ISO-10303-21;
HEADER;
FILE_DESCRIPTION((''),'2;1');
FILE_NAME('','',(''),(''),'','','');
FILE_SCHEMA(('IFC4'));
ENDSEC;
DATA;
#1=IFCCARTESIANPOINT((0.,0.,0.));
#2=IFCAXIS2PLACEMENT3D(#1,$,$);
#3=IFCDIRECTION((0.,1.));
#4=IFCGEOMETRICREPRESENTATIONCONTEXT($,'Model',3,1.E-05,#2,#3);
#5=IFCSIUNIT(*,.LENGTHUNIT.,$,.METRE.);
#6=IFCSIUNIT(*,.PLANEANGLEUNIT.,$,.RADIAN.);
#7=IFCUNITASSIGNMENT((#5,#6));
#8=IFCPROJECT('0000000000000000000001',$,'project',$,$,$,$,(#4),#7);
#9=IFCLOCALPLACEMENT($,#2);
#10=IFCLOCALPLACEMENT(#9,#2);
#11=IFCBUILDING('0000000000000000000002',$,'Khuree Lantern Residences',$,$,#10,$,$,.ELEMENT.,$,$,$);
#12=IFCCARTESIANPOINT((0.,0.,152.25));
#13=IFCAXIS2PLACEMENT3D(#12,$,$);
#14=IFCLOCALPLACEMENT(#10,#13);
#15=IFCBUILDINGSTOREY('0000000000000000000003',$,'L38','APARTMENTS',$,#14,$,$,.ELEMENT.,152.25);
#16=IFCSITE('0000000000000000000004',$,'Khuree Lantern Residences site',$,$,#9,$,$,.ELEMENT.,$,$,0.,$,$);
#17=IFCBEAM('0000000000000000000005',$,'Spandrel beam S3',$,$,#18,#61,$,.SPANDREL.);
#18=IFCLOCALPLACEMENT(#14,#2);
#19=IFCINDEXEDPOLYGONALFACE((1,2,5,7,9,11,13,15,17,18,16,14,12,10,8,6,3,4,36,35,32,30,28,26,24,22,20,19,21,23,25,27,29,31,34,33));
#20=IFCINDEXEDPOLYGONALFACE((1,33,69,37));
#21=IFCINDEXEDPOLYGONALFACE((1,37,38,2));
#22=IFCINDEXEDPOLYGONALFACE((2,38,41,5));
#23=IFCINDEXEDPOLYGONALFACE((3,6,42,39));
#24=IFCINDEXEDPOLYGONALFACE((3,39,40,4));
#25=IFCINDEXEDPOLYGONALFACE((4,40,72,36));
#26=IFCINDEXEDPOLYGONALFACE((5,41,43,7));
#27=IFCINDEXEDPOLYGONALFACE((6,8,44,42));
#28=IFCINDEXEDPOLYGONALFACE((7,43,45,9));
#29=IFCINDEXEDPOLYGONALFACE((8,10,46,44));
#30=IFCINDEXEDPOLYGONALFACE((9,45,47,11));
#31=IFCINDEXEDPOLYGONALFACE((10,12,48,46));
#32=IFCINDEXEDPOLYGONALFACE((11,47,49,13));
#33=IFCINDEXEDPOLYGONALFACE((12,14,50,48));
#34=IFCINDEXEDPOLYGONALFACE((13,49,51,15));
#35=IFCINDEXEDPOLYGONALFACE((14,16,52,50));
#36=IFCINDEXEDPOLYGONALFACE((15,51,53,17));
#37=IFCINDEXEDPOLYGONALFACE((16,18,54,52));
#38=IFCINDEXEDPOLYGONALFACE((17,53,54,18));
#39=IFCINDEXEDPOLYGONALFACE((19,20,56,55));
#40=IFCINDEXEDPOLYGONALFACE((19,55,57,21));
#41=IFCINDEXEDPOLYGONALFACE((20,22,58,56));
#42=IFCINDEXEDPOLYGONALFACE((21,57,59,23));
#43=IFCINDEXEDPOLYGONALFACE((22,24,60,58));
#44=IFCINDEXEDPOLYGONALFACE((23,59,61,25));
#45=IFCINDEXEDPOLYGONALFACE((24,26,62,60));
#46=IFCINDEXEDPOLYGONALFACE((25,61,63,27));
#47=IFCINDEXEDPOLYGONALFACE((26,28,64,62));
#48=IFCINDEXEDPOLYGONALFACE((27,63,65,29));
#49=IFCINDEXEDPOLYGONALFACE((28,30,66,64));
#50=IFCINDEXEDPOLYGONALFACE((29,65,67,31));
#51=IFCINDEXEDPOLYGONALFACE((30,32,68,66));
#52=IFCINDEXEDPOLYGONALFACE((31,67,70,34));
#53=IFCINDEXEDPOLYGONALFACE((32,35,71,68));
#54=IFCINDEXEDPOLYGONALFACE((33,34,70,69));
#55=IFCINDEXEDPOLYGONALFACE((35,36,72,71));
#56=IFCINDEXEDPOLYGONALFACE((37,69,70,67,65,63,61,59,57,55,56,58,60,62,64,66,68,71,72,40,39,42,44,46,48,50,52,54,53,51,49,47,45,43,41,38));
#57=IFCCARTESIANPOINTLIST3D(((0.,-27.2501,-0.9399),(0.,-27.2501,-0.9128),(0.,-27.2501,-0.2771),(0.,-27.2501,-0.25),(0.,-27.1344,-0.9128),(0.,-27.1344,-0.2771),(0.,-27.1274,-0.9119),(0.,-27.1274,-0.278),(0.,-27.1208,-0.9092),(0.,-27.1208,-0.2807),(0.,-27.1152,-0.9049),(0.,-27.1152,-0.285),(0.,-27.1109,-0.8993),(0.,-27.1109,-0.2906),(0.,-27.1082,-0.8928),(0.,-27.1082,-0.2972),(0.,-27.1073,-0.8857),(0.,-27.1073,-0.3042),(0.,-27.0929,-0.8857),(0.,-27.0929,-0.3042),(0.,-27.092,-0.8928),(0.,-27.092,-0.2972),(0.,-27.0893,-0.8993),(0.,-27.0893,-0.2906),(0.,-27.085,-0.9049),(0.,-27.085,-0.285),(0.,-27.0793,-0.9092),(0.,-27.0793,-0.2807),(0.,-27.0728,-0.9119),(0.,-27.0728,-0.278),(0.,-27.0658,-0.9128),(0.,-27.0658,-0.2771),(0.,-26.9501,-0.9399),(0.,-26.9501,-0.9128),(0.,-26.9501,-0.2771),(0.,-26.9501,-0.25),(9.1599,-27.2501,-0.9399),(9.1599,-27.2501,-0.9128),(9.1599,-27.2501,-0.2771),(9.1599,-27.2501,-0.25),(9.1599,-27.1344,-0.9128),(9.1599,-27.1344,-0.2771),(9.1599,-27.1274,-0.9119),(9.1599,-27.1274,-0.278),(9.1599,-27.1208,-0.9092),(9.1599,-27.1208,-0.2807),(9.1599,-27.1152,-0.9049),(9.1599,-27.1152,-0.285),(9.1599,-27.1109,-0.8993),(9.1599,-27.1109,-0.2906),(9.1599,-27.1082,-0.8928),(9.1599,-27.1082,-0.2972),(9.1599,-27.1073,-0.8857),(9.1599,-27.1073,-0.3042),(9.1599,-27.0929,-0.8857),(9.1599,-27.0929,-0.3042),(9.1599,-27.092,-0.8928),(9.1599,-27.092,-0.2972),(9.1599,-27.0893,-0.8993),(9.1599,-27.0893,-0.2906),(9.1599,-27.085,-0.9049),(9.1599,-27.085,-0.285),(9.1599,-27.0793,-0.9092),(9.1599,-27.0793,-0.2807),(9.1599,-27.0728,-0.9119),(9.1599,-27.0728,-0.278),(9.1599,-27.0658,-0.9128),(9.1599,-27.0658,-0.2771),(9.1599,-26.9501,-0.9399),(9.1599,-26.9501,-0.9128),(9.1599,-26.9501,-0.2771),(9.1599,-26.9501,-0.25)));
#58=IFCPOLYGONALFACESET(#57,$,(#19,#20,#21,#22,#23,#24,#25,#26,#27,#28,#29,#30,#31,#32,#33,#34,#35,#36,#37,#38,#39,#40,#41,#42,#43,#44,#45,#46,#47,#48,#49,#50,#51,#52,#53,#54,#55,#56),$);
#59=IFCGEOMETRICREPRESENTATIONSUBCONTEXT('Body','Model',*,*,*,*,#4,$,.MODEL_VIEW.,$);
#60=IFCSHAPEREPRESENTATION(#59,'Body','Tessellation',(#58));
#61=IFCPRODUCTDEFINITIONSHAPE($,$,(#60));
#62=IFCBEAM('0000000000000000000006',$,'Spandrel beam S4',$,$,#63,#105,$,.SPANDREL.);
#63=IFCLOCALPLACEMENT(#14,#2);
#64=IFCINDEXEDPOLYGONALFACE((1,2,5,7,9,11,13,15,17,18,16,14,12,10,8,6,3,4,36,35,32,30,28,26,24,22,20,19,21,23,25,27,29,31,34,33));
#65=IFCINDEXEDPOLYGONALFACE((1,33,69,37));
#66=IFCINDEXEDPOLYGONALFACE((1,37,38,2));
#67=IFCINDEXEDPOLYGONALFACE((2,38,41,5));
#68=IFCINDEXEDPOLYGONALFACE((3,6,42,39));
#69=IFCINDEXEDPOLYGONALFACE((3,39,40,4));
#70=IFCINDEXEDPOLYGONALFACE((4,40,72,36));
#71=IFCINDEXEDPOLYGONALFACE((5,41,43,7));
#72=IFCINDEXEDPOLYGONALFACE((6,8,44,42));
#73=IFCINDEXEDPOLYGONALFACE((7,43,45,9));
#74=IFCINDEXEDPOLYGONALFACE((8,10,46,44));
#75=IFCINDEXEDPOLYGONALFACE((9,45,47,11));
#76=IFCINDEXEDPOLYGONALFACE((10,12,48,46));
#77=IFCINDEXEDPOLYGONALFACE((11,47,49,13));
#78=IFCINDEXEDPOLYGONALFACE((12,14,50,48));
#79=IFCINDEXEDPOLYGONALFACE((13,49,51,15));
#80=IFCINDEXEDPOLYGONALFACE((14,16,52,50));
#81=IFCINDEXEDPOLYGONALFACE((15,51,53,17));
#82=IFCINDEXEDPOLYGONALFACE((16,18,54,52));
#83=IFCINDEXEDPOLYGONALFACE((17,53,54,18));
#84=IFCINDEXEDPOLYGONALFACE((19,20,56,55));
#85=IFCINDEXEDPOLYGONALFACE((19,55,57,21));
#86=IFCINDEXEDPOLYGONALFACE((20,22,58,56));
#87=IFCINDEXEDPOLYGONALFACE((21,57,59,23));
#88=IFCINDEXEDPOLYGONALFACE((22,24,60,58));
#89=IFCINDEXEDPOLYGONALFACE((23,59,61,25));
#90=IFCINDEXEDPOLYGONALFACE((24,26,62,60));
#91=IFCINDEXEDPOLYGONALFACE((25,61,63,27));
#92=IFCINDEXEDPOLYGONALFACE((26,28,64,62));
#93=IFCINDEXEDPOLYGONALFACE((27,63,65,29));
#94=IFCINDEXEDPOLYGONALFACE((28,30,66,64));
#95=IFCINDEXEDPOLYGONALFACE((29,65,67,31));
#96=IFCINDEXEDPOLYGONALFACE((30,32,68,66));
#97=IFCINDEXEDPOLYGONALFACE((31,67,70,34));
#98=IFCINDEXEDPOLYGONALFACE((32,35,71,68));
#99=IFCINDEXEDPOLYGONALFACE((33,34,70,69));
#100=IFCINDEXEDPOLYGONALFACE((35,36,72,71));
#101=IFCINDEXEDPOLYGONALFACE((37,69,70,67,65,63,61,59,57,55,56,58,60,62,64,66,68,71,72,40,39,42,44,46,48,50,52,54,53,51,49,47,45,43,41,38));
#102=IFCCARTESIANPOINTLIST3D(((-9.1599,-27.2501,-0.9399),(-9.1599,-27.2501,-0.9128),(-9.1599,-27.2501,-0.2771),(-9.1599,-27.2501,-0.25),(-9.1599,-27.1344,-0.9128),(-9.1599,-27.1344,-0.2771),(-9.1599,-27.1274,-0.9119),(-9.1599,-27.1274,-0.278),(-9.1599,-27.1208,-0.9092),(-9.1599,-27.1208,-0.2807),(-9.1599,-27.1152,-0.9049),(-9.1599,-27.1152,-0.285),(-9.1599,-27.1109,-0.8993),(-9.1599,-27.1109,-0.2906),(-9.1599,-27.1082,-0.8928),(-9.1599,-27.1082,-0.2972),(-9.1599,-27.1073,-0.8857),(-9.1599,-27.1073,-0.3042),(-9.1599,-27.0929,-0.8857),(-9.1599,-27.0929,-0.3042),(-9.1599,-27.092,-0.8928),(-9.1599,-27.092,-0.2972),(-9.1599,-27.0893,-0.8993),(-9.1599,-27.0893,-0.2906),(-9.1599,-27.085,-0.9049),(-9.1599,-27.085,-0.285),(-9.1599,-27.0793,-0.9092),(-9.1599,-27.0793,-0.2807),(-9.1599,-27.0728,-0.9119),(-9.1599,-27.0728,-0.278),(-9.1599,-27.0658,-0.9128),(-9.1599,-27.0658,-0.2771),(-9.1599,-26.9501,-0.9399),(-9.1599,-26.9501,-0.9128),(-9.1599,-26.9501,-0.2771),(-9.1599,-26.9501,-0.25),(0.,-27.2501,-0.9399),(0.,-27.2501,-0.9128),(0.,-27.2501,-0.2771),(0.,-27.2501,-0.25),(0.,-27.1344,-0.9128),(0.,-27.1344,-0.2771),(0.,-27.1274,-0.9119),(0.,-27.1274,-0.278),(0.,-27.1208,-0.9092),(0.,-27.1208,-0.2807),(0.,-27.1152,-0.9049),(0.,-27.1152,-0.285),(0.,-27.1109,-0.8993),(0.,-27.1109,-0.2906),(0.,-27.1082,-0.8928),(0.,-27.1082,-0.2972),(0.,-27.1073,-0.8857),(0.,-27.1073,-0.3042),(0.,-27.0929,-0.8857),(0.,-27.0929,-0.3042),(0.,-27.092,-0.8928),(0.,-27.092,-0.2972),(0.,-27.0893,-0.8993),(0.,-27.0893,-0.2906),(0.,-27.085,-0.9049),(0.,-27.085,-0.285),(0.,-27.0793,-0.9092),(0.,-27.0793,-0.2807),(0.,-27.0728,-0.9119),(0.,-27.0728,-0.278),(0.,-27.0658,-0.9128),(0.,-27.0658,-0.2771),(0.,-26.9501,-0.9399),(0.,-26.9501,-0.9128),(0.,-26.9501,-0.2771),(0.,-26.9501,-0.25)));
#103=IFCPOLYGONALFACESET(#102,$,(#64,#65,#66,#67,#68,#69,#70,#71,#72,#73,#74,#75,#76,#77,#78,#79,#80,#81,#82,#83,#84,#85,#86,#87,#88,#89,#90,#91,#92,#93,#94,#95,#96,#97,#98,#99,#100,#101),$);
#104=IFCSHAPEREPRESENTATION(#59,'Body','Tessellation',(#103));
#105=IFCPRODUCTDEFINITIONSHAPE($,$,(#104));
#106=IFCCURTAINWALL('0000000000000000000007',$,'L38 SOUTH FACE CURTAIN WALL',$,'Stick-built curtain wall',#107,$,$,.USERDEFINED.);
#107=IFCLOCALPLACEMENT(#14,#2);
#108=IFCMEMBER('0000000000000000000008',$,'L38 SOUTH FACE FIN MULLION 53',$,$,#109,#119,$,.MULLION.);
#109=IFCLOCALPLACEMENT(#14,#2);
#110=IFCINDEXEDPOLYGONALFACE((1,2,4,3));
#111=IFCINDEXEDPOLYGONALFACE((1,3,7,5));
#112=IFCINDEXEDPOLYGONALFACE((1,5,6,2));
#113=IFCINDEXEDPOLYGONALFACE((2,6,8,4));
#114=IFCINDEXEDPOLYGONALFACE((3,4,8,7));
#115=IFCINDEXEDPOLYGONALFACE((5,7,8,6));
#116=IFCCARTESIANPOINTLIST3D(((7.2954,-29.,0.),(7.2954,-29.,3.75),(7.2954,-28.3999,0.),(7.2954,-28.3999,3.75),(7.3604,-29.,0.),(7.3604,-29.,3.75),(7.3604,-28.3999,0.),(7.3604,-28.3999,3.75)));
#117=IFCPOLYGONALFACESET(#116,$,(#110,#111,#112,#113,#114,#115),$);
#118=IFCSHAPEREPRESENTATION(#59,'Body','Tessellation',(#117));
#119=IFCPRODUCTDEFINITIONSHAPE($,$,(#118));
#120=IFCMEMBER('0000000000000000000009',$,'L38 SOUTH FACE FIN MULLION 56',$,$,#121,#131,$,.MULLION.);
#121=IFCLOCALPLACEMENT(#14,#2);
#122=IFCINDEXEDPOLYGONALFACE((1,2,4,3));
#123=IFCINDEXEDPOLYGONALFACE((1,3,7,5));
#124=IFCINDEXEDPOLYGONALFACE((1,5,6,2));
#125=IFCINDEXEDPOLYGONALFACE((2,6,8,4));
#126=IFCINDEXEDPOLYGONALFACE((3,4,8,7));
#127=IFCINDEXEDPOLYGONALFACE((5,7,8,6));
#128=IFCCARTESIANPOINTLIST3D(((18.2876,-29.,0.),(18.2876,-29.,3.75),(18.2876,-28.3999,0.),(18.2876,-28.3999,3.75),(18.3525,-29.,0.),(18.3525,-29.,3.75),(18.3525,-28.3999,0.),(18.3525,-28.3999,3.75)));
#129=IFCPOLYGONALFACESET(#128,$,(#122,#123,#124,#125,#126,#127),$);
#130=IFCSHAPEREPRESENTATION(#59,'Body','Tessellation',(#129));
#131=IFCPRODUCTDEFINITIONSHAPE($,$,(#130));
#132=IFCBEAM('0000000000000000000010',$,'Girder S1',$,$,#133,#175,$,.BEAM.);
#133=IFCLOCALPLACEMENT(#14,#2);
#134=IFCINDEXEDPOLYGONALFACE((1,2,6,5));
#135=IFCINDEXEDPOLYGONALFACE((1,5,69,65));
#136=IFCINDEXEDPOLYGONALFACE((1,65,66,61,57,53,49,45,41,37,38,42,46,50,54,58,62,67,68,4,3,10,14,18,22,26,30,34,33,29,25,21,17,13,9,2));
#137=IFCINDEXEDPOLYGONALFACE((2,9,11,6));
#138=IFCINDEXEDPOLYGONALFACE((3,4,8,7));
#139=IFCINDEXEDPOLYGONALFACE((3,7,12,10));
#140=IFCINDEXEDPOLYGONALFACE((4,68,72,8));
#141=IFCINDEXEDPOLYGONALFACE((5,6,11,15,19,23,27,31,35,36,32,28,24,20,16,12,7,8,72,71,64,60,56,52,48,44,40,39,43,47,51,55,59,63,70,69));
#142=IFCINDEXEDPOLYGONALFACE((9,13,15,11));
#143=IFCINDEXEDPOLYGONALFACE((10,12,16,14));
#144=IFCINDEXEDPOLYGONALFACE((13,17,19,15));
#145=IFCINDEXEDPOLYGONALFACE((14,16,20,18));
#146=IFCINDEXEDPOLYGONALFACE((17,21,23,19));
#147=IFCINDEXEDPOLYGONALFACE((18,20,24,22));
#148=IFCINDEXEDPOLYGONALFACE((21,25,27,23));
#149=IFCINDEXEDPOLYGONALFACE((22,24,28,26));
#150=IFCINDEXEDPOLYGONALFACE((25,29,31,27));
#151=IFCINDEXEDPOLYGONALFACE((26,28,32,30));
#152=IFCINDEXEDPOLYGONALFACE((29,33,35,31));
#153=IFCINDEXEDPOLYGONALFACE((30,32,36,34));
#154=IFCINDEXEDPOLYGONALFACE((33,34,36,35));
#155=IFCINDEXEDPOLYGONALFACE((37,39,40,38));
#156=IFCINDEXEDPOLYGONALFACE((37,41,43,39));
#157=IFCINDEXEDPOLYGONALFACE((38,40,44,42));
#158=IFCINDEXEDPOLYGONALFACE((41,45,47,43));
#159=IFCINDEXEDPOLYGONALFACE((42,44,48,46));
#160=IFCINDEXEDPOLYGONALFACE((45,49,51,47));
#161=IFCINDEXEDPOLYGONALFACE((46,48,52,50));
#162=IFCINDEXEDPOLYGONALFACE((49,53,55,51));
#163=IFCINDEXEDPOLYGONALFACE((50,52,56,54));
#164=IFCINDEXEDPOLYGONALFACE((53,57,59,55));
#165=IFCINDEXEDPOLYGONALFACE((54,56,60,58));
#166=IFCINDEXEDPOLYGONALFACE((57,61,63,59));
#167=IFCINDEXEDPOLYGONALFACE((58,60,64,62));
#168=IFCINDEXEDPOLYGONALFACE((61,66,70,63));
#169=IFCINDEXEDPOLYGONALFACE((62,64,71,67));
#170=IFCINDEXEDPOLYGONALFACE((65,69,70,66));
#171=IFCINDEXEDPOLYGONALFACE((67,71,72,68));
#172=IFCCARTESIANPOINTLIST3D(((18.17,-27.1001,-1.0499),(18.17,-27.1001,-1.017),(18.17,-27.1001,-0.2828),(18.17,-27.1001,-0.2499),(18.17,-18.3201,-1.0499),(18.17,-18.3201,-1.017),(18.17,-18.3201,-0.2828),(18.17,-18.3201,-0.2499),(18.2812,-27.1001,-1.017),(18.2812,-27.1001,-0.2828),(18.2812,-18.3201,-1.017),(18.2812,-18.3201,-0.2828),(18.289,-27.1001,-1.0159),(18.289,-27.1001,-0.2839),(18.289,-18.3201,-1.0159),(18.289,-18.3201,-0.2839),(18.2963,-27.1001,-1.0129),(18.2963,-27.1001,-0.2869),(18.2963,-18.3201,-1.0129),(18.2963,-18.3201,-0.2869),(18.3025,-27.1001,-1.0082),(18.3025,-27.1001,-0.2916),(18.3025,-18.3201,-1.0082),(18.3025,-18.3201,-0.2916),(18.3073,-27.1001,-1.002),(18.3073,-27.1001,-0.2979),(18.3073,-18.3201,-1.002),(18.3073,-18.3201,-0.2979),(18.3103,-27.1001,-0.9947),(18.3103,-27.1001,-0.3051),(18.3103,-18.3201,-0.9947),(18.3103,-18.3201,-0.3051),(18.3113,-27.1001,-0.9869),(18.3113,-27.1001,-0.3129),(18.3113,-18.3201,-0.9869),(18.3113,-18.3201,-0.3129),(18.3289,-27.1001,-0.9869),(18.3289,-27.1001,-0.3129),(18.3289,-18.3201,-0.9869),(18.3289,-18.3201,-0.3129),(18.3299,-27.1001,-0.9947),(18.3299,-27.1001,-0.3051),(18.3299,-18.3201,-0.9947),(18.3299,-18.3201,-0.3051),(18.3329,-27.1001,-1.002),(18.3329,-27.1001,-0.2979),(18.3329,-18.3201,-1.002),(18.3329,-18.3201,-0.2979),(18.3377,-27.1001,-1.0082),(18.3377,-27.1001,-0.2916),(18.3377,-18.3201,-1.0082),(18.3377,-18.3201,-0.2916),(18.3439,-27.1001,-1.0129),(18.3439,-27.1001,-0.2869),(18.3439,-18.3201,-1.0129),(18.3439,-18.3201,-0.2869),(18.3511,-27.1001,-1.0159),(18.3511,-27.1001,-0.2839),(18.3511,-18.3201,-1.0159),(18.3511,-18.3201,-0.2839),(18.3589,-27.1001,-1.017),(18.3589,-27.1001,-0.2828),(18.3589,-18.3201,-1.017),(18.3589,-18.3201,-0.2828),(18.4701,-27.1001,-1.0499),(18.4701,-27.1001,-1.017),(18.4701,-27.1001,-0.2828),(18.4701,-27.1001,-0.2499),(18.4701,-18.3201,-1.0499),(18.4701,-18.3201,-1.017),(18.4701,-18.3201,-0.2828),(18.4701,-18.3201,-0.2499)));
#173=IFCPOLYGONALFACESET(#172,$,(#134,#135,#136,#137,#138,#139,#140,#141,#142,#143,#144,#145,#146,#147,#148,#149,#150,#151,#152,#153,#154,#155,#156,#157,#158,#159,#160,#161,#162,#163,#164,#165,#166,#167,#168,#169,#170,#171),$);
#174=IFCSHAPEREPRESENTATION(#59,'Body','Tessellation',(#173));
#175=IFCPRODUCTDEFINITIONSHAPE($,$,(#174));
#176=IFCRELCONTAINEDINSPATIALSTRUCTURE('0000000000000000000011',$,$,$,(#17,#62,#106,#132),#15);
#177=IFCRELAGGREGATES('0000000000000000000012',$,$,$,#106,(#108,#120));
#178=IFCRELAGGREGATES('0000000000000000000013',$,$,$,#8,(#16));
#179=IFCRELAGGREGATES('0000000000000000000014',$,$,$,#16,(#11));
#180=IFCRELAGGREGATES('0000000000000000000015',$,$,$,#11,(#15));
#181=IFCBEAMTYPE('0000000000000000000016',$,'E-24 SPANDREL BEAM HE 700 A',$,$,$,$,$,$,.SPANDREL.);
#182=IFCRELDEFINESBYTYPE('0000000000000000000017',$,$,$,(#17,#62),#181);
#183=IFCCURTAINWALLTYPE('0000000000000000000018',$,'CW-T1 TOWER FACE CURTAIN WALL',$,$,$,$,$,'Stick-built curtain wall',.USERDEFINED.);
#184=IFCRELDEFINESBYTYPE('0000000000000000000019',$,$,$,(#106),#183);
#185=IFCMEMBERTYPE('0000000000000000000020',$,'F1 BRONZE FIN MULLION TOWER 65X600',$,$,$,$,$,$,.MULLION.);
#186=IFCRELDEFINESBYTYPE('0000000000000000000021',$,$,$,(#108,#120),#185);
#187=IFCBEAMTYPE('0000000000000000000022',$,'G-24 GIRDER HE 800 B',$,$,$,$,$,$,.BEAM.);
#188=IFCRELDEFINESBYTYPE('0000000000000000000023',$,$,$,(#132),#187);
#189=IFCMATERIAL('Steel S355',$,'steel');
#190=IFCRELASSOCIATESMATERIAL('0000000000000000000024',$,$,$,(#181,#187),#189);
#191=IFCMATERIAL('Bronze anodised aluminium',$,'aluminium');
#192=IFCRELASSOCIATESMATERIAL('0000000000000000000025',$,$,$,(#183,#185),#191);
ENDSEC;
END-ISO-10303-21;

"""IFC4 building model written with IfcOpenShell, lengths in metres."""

from ifc_helpers import new_model, si_unit, direction, frame, origin, origin_2d, place, context, subcontext, project, spatial, rectangle, i_section, extrude, material, material_profile, profile_set, type_object, element, aggregate, save


model = new_model("IFC4")

# Units and contexts
model_context = context("Model", 3, precision=1e-05, world=origin(), true_north=direction((0.0, 1.0)))
body_context = subcontext(model_context, "Body", "Model", "MODEL_VIEW")
ifc_project = project(units=[si_unit("LENGTHUNIT", "METRE"), si_unit("PLANEANGLEUNIT", "RADIAN")], contexts=[model_context])

# Site, building, storey
site_placement = place(None, origin())
site = spatial("IfcSite", under=ifc_project, at=site_placement, Name="Khuree Lantern Residences site", CompositionType="ELEMENT", RefElevation=0.0)
building_placement = place(site_placement, origin())
building = spatial("IfcBuilding", under=site, at=building_placement, Name="Khuree Lantern Residences", CompositionType="ELEMENT")
storey_placement = place(building_placement, frame((0.0, 0.0, 152.25)))
storey = spatial("IfcBuildingStorey", under=building, at=storey_placement, Name="L38", Description="APARTMENTS", CompositionType="ELEMENT", Elevation=152.25)

# Beams
ifc_material_1 = material(Name="Steel S355", Category="steel")
ifc_material_profile_1 = material_profile(ifc_material_1, i_section(OverallWidth=0.3, OverallDepth=0.6899, WebThickness=0.0144, FlangeThickness=0.0271, FilletRadius=0.0271, at=origin_2d()), Name="HE 700 A")
ifc_profile_set_1 = profile_set([ifc_material_profile_1], Name="Steel S355")
beam_type_1 = type_object("IfcBeamType", Name="E-24 SPANDREL BEAM HE 700 A", PredefinedType="SPANDREL", material=ifc_profile_set_1)
for number, where, z_axis, x_axis, name in (
    (1, (9.1599, -27.1001, -0.595), (-1.0, 0.0, 0.0), (0.0, -1.0, 0.0), "Spandrel beam S3"),
    (2, (0.0, -27.1001, -0.595), (-1.0, 0.0, 0.0), (0.0, -1.0, 0.0), "Spandrel beam S4"),
):
    element("IfcBeam", number, at=place(storey_placement, frame(where, z_axis=z_axis, x_axis=x_axis)), inside=storey, type_object=beam_type_1, Name=name, PredefinedType="SPANDREL", context=body_context, shape_type="SweptSolid", body=[
        extrude(i_section(OverallWidth=0.3, OverallDepth=0.6899, WebThickness=0.0144, FlangeThickness=0.0271, FilletRadius=0.0271, at=origin_2d()), origin(), (0.0, 0.0, 1.0), 9.1599),
    ])

# Curtain wall, members
ifc_material_2 = material(Name="Bronze anodised aluminium", Category="aluminium")
curtain_wall_type = type_object("IfcCurtainWallType", Name="CW-T1 TOWER FACE CURTAIN WALL", ElementType="Stick-built curtain wall", PredefinedType="USERDEFINED", material=ifc_material_2)
curtain_wall_placement = place(storey_placement, origin())
curtain_wall = element("IfcCurtainWall", 3, at=curtain_wall_placement, inside=storey, type_object=curtain_wall_type, Name="L38 SOUTH FACE CURTAIN WALL", ObjectType="Stick-built curtain wall", PredefinedType="USERDEFINED")
ifc_material_profile_2 = material_profile(ifc_material_2, rectangle(XDim=0.0649, YDim=0.6001, at=origin_2d()), Name="F1 65X600")
ifc_profile_set_2 = profile_set([ifc_material_profile_2], Name="Bronze anodised aluminium")
member_type_1 = type_object("IfcMemberType", Name="F1 BRONZE FIN MULLION TOWER 65X600", PredefinedType="MULLION", material=ifc_profile_set_2)
member_1_placement = place(storey_placement, frame((7.3279, -28.7, 0.0), z_axis=(0.0, 0.0, 1.0), x_axis=(1.0, 0.0, 0.0)))
member_1 = element("IfcMember", 4, at=member_1_placement, type_object=member_type_1, Name="L38 SOUTH FACE FIN MULLION 53", PredefinedType="MULLION", context=body_context, shape_type="SweptSolid", body=[
    extrude(rectangle(XDim=0.0649, YDim=0.6001, at=origin_2d()), origin(), (0.0, 0.0, 1.0), 3.75),
])
member_2_placement = place(storey_placement, frame((18.3201, -28.7, 0.0), z_axis=(0.0, 0.0, 1.0), x_axis=(1.0, 0.0, 0.0)))
member_2 = element("IfcMember", 5, at=member_2_placement, type_object=member_type_1, Name="L38 SOUTH FACE FIN MULLION 56", PredefinedType="MULLION", context=body_context, shape_type="SweptSolid", body=[
    extrude(rectangle(XDim=0.0649, YDim=0.6001, at=origin_2d()), origin(), (0.0, 0.0, 1.0), 3.75),
])

# Beam
ifc_material_profile_3 = material_profile(ifc_material_1, i_section(OverallWidth=0.3, OverallDepth=0.8, WebThickness=0.0176, FlangeThickness=0.033, FilletRadius=0.03, at=origin_2d()), Name="HE 800 B")
ifc_profile_set_3 = profile_set([ifc_material_profile_3], Name="Steel S355")
beam_type_2 = type_object("IfcBeamType", Name="G-24 GIRDER HE 800 B", PredefinedType="BEAM", material=ifc_profile_set_3)
beam_1_placement = place(storey_placement, frame((18.3201, -27.1001, -0.6499), z_axis=(0.0, 1.0, 0.0), x_axis=(-1.0, 0.0, 0.0)))
element("IfcBeam", 6, at=beam_1_placement, inside=storey, type_object=beam_type_2, Name="Girder S1", PredefinedType="BEAM", context=body_context, shape_type="SweptSolid", body=[
    extrude(i_section(OverallWidth=0.3, OverallDepth=0.8, WebThickness=0.0176, FlangeThickness=0.033, FilletRadius=0.03, at=origin_2d()), origin(), (0.0, 0.0, 1.0), 8.78),
])

aggregate(curtain_wall, [member_1, member_2])

save(model, "model.ifc")
